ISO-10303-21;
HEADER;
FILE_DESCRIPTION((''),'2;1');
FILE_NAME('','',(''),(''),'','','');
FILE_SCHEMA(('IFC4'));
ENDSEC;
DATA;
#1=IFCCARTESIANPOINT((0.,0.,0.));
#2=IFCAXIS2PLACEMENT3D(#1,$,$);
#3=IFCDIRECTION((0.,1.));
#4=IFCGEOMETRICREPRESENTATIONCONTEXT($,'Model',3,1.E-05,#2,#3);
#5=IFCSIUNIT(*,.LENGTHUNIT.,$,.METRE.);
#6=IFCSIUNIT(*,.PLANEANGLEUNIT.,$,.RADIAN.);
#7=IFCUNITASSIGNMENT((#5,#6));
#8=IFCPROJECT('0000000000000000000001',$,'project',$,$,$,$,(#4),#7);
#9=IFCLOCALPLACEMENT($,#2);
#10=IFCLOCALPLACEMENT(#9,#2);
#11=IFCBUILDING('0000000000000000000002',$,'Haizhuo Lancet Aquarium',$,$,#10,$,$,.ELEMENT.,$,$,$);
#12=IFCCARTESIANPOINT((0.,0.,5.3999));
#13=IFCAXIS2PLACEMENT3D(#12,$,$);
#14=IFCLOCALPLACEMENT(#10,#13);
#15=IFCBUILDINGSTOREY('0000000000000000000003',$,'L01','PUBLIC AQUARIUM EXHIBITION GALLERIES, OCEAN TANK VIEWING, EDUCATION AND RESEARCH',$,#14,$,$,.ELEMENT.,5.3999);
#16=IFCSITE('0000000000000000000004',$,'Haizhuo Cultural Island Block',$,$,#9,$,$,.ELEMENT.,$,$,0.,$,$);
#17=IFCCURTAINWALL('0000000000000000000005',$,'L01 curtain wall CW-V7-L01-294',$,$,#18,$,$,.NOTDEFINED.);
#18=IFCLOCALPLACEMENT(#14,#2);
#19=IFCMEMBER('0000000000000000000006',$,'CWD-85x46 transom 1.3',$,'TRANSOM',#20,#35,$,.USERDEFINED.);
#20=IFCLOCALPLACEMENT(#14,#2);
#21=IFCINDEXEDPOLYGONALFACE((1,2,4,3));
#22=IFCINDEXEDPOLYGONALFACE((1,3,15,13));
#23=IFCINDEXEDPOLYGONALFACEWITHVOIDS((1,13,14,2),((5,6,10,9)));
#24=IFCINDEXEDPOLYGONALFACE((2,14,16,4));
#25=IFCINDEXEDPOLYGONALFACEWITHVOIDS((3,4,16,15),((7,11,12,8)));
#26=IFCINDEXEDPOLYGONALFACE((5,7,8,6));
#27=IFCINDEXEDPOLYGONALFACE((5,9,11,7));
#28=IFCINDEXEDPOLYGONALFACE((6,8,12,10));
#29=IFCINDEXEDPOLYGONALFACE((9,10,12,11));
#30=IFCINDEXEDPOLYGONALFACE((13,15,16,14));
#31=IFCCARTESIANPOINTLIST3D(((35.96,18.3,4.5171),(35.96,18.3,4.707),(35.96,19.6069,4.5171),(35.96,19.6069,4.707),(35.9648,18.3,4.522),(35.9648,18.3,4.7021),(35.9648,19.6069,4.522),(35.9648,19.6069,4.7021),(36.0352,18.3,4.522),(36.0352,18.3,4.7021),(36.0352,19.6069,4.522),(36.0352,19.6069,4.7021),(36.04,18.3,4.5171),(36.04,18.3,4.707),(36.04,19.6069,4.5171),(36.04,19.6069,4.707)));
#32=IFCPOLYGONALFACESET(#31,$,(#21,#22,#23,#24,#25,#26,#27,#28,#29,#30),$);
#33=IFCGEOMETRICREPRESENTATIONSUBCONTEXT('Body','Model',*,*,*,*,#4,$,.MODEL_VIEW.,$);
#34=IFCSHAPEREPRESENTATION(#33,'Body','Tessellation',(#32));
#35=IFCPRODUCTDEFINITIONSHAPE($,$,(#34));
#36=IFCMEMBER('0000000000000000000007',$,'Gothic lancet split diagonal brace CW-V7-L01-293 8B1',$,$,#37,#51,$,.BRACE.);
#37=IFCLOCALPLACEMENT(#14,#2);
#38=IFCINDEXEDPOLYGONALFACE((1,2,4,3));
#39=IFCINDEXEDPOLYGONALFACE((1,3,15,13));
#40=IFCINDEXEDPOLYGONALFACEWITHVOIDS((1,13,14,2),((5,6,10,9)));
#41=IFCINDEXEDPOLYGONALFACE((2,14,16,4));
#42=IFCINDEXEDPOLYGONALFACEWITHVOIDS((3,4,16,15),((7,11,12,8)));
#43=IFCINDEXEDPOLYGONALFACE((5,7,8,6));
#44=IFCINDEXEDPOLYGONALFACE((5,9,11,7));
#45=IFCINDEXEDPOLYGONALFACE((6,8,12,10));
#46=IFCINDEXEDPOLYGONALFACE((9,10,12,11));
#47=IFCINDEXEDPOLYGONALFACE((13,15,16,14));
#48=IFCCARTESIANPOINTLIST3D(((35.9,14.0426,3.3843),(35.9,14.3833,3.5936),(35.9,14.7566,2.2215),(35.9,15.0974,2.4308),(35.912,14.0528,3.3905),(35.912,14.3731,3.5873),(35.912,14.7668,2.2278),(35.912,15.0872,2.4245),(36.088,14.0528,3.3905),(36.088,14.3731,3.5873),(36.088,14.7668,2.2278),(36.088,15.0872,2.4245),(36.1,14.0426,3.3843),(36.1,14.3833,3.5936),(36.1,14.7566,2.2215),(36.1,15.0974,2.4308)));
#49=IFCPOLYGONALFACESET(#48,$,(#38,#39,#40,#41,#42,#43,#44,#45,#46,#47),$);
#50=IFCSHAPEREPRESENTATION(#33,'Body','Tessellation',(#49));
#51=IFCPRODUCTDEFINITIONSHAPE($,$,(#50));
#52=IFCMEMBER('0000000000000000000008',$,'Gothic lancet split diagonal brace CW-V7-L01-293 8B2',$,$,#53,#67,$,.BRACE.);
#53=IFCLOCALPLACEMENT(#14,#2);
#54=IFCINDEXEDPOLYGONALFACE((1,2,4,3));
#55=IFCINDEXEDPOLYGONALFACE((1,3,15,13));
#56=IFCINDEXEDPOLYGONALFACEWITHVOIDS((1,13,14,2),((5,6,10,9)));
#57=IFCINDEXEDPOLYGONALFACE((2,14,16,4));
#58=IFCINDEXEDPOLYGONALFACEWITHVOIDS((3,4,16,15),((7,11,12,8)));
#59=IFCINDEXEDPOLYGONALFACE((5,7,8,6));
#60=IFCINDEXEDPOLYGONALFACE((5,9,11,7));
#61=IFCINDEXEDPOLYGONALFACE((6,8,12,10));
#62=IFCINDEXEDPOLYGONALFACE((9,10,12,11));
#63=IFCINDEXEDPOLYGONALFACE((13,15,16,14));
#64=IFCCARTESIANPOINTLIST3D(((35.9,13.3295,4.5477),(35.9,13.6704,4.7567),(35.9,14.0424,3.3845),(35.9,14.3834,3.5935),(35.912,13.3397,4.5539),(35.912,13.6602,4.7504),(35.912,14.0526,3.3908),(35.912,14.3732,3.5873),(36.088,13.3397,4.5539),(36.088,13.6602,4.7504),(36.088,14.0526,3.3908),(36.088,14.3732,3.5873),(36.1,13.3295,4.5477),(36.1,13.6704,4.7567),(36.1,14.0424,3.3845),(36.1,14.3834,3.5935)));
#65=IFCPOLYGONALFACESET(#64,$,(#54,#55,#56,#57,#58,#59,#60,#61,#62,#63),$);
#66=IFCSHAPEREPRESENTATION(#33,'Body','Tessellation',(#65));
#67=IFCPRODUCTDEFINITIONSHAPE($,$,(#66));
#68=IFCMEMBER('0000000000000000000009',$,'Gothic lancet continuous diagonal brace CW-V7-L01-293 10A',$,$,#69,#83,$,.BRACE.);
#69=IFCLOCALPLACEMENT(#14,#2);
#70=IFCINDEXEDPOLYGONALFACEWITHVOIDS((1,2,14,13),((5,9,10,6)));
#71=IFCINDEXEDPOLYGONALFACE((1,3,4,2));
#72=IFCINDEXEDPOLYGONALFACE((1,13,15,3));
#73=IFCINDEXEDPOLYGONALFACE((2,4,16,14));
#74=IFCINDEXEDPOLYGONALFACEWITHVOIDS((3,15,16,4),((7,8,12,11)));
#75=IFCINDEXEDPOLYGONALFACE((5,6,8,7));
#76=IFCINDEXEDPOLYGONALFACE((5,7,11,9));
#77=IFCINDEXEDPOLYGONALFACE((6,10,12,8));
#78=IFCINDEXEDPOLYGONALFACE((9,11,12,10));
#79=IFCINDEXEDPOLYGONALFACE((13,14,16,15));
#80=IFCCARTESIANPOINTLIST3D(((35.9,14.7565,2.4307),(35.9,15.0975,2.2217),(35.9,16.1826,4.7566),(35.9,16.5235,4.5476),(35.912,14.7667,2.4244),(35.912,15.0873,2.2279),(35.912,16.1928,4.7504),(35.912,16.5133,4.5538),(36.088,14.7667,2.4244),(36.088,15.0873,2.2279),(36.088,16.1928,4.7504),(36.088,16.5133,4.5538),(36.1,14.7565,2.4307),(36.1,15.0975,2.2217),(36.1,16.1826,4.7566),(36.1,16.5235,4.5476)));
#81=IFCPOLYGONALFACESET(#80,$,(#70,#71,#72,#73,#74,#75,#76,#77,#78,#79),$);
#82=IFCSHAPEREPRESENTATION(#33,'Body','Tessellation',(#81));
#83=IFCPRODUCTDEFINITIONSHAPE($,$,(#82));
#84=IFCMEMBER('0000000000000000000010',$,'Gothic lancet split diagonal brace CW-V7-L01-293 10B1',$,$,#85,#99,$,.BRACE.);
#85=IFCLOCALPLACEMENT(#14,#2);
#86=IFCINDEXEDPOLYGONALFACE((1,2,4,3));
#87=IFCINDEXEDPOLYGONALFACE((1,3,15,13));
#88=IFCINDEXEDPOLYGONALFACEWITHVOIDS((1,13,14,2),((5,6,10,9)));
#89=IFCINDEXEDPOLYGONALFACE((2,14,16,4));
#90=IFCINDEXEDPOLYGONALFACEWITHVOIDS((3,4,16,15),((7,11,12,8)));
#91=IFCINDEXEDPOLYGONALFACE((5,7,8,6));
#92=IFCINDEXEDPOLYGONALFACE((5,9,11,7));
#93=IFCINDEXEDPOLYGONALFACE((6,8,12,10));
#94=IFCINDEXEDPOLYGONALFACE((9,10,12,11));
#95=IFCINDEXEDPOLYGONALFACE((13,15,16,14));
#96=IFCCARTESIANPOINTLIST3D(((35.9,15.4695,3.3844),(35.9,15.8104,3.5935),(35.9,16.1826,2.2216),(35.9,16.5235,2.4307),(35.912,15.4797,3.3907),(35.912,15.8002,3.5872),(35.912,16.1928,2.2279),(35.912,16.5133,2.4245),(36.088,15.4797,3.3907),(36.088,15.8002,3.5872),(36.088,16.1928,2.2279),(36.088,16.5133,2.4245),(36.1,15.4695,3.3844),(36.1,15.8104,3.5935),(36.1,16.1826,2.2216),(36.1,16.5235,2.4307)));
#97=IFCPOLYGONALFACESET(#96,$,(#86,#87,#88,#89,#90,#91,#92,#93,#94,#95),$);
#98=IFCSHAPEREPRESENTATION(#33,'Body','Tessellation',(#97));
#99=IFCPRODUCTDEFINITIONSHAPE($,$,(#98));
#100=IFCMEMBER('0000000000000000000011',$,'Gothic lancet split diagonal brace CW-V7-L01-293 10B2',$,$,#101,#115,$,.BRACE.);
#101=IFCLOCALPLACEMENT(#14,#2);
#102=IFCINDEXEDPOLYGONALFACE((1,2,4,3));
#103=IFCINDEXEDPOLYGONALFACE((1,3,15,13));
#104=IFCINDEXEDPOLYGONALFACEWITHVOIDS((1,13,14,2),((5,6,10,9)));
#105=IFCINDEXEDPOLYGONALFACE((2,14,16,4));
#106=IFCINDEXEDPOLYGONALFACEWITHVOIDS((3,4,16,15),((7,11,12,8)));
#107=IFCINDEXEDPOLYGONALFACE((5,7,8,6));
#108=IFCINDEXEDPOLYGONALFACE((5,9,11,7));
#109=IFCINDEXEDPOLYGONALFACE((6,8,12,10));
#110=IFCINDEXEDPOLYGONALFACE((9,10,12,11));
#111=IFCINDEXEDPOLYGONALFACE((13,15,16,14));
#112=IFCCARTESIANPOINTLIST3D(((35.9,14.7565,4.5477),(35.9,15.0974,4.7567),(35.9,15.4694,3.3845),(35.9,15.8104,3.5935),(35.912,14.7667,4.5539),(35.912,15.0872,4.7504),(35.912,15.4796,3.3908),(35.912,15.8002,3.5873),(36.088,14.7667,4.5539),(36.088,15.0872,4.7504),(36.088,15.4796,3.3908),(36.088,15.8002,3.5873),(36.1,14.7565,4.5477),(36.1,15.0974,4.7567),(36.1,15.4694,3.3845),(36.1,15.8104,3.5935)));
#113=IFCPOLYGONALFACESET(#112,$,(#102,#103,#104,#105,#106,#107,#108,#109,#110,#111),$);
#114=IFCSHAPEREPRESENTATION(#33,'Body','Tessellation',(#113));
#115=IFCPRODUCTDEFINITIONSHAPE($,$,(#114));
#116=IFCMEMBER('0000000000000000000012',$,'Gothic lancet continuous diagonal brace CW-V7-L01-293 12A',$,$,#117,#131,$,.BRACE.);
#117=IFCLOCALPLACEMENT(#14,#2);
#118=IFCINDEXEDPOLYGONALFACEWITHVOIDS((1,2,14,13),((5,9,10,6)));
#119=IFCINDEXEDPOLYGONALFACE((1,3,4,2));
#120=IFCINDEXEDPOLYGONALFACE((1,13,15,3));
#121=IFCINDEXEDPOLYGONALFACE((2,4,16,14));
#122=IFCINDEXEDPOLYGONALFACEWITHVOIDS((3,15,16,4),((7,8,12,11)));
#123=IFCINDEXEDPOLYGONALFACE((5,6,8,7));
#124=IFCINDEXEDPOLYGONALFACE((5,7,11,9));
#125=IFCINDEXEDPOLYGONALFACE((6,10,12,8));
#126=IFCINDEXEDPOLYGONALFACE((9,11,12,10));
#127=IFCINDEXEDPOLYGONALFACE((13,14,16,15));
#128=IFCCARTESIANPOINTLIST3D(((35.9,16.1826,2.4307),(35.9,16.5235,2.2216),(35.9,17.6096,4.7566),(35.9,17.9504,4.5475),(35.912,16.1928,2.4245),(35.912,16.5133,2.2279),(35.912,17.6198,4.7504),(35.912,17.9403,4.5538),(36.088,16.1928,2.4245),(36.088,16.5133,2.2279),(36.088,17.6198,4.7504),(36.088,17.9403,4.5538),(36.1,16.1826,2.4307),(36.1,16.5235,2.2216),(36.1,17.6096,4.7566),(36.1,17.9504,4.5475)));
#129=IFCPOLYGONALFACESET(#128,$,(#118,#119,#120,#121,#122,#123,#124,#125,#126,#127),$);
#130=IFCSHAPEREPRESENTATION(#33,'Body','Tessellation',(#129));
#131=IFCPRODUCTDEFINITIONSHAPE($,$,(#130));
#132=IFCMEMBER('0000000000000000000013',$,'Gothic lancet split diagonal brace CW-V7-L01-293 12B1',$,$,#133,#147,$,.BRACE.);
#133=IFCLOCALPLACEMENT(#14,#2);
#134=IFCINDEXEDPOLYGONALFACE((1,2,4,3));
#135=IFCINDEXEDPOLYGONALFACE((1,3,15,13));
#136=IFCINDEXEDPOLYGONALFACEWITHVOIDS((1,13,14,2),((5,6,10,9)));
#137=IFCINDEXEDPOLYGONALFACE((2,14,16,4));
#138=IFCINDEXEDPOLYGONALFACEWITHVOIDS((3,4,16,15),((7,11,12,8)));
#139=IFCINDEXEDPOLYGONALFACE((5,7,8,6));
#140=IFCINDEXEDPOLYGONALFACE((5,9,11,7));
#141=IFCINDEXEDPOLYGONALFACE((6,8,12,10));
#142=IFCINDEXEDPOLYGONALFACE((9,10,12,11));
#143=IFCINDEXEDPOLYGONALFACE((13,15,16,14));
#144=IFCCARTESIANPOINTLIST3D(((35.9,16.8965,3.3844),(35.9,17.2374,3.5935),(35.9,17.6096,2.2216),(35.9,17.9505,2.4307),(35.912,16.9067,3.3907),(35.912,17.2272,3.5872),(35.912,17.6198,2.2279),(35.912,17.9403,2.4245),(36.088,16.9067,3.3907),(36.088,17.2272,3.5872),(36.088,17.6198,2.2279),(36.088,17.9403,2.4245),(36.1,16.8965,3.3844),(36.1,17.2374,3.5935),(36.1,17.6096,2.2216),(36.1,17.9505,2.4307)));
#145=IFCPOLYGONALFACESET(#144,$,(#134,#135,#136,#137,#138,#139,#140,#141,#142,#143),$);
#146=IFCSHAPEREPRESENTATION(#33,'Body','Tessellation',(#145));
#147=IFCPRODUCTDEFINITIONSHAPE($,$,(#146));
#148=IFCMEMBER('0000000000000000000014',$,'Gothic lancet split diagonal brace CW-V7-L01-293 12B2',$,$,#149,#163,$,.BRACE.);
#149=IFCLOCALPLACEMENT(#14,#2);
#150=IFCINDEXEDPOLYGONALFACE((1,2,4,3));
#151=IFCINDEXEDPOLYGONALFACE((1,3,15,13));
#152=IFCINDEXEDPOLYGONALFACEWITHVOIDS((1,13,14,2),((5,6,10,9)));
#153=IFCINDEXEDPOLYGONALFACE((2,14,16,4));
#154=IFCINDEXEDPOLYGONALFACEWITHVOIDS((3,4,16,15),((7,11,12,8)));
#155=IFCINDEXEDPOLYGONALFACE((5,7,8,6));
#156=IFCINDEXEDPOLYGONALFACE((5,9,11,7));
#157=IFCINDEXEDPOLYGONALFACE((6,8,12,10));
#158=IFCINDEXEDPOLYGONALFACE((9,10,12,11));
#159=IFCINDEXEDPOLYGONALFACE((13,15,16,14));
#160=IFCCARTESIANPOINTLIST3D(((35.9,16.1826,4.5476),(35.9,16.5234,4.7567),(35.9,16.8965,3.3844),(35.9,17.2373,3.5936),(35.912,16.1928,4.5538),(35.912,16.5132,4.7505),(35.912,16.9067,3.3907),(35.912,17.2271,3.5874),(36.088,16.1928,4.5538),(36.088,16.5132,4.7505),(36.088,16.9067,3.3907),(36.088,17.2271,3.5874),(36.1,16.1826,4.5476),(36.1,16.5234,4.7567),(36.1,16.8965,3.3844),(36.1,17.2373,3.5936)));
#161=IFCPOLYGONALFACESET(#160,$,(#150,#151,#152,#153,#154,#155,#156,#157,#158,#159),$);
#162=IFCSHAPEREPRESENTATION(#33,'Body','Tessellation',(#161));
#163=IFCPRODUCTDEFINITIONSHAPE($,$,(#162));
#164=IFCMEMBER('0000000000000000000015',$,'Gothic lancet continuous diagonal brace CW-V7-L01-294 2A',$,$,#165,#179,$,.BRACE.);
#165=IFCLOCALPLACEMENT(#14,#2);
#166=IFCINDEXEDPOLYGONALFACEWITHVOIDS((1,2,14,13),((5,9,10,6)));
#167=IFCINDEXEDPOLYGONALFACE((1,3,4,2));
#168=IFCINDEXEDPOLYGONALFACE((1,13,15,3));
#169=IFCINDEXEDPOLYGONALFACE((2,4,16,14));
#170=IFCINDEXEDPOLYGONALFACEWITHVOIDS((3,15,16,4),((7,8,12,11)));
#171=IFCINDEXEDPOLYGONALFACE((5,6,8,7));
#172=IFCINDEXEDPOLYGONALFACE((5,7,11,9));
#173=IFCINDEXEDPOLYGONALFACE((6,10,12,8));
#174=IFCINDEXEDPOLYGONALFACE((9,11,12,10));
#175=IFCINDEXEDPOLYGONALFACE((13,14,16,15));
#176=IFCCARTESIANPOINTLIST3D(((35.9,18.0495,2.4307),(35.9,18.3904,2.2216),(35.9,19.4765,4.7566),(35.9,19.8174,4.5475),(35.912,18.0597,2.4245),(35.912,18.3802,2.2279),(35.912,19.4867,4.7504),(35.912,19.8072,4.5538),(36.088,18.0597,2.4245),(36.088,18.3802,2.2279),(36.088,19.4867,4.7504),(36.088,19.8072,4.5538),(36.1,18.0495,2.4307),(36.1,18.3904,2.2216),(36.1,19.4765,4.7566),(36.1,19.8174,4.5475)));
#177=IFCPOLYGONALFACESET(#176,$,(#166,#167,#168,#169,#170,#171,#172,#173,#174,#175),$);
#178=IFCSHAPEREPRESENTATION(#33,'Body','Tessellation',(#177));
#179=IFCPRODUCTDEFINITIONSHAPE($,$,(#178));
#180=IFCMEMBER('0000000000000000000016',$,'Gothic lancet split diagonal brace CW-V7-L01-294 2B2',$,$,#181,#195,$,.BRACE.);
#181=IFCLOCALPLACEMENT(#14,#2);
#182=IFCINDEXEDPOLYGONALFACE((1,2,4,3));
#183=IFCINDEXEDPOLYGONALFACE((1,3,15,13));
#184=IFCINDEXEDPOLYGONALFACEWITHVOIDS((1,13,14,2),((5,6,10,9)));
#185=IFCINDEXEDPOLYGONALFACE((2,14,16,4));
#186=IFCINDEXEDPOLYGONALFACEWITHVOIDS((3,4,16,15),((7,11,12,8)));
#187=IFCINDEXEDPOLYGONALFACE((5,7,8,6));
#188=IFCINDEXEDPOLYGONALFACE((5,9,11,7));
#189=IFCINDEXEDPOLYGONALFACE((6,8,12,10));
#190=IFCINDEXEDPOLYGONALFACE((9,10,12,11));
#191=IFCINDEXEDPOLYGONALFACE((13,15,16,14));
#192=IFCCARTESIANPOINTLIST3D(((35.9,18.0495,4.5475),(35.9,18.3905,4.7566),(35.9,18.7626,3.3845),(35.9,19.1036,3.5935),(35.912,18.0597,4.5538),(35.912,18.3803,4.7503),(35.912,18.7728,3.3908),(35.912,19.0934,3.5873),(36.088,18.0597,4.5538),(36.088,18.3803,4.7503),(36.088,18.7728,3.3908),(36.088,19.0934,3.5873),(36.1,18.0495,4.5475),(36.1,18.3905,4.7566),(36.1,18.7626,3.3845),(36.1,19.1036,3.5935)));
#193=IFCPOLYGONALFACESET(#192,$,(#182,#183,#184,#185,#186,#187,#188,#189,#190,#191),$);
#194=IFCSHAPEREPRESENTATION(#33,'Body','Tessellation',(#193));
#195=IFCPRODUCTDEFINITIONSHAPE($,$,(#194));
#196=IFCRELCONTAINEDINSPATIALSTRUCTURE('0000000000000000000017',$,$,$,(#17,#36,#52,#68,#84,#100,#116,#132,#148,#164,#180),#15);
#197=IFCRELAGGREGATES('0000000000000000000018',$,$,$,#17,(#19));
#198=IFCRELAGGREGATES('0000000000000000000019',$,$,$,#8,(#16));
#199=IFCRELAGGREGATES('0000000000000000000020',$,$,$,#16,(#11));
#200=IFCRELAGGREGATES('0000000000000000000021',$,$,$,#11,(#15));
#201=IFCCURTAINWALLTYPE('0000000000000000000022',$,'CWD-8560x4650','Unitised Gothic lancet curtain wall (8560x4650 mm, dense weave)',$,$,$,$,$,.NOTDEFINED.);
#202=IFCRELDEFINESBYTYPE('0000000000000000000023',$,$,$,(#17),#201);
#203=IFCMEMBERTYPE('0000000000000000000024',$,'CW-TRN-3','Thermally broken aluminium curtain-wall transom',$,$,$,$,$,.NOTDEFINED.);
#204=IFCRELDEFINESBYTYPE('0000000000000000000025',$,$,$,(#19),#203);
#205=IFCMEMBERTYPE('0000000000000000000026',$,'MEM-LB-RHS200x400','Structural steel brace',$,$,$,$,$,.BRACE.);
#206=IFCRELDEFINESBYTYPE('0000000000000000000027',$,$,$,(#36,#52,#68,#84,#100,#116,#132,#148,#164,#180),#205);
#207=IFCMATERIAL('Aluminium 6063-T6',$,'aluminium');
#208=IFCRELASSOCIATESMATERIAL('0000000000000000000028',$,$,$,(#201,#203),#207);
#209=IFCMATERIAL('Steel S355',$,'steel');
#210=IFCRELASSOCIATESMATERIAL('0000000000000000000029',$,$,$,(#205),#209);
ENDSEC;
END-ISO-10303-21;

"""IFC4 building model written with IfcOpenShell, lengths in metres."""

from ifc_helpers import new_model, si_unit, direction, frame, origin, origin_2d, place, context, subcontext, project, spatial, hollow_rectangle, extrude, material, material_profile, profile_set, type_object, element, aggregate, save


model = new_model("IFC4")

# Units and contexts
model_context = context("Model", 3, precision=1e-05, world=origin(), true_north=direction((0.0, 1.0)))
body_context = subcontext(model_context, "Body", "Model", "MODEL_VIEW")
ifc_project = project(units=[si_unit("LENGTHUNIT", "METRE"), si_unit("PLANEANGLEUNIT", "RADIAN")], contexts=[model_context])

# Site, building, storey
site_placement = place(None, origin())
site = spatial("IfcSite", under=ifc_project, at=site_placement, Name="Haizhuo Cultural Island Block", CompositionType="ELEMENT", RefElevation=0.0)
building_placement = place(site_placement, origin())
building = spatial("IfcBuilding", under=site, at=building_placement, Name="Haizhuo Lancet Aquarium", CompositionType="ELEMENT")
storey_placement = place(building_placement, frame((0.0, 0.0, 5.3999)))
storey = spatial("IfcBuildingStorey", under=building, at=storey_placement, Name="L01", Description="PUBLIC AQUARIUM EXHIBITION GALLERIES, OCEAN TANK VIEWING, EDUCATION AND RESEARCH", CompositionType="ELEMENT", Elevation=5.3999)

# Shared definitions
ifc_material_1 = material(Name="Steel S355", Category="steel")

# Curtain wall, member
ifc_material_2 = material(Name="Aluminium 6063-T6", Category="aluminium")
curtain_wall_type = type_object("IfcCurtainWallType", Name="CWD-8560x4650", Description="Unitised Gothic lancet curtain wall (8560x4650 mm, dense weave)", PredefinedType="NOTDEFINED", material=ifc_material_2)
curtain_wall_1_placement = place(storey_placement, origin())
curtain_wall_1 = element("IfcCurtainWall", 1, at=curtain_wall_1_placement, inside=storey, type_object=curtain_wall_type, Name="L01 curtain wall CW-V7-L01-294", PredefinedType="NOTDEFINED")
ifc_material_profile_1 = material_profile(ifc_material_2, hollow_rectangle(XDim=0.0801, YDim=0.1899, WallThickness=0.0049, at=origin_2d()), Name="ALU-T 80x190x5")
ifc_profile_set_1 = profile_set([ifc_material_profile_1], Name="Aluminium 6063-T6")
member_type_1 = type_object("IfcMemberType", Name="CW-TRN-3", Description="Thermally broken aluminium curtain-wall transom", PredefinedType="NOTDEFINED", material=ifc_profile_set_1)
member_1_placement = place(storey_placement, frame((36.0, 18.3, 4.6121), z_axis=(0.0, 1.0, 0.0), x_axis=(-1.0, 0.0, 0.0)))
member_1 = element("IfcMember", 2, at=member_1_placement, type_object=member_type_1, Name="CWD-85x46 transom 1.3", ObjectType="TRANSOM", PredefinedType="USERDEFINED", context=body_context, shape_type="SweptSolid", body=[
    extrude(hollow_rectangle(XDim=0.0801, YDim=0.1899, WallThickness=0.0049, at=origin_2d()), origin(), (0.0, 0.0, 1.0), 1.3069),
])
aggregate(curtain_wall_1, [member_1])

# Members
ifc_material_profile_2 = material_profile(ifc_material_1, hollow_rectangle(XDim=0.2, YDim=0.3999, WallThickness=0.012, at=origin_2d()), Name="RHS 200x400x12")
ifc_profile_set_2 = profile_set([ifc_material_profile_2], Name="Steel S355")
member_type_2 = type_object("IfcMemberType", Name="MEM-LB-RHS200x400", Description="Structural steel brace", PredefinedType="BRACE", material=ifc_profile_set_2)
member_2_placement = place(storey_placement, frame((36.0, 14.927, 2.3262), z_axis=(0.0, -0.523309, 0.852143), x_axis=(1.0, 0.0, 0.0)))
element("IfcMember", 3, at=member_2_placement, inside=storey, type_object=member_type_2, Name="Gothic lancet split diagonal brace CW-V7-L01-293 8B1", PredefinedType="BRACE", context=body_context, shape_type="SweptSolid", body=[
    extrude(hollow_rectangle(XDim=0.2, YDim=0.3999, WallThickness=0.012, at=origin_2d()), origin(), (0.0, 0.0, 1.0), 1.3645),
])
member_3_placement = place(storey_placement, frame((36.0, 14.2129, 3.489), z_axis=(0.0, -0.522579, 0.852591), x_axis=(1.0, 0.0, 0.0)))
element("IfcMember", 4, at=member_3_placement, inside=storey, type_object=member_type_2, Name="Gothic lancet split diagonal brace CW-V7-L01-293 8B2", PredefinedType="BRACE", context=body_context, shape_type="SweptSolid", body=[
    extrude(hollow_rectangle(XDim=0.2, YDim=0.3999, WallThickness=0.012, at=origin_2d()), origin(), (0.0, 0.0, 1.0), 1.3643),
])
member_4_placement = place(storey_placement, frame((36.0, 14.927, 2.3262), z_axis=(0.0, 0.522684, 0.852527), x_axis=(-1.0, 0.0, 0.0)))
element("IfcMember", 5, at=member_4_placement, inside=storey, type_object=member_type_2, Name="Gothic lancet continuous diagonal brace CW-V7-L01-293 10A", PredefinedType="BRACE", context=body_context, shape_type="SweptSolid", body=[
    extrude(hollow_rectangle(XDim=0.2, YDim=0.3999, WallThickness=0.012, at=origin_2d()), origin(), (0.0, 0.0, 1.0), 2.7283),
])
member_5_placement = place(storey_placement, frame((36.0, 16.353, 2.3262), z_axis=(0.0, -0.522789, 0.852462), x_axis=(1.0, 0.0, 0.0)))
element("IfcMember", 6, at=member_5_placement, inside=storey, type_object=member_type_2, Name="Gothic lancet split diagonal brace CW-V7-L01-293 10B1", PredefinedType="BRACE", context=body_context, shape_type="SweptSolid", body=[
    extrude(hollow_rectangle(XDim=0.2, YDim=0.3999, WallThickness=0.012, at=origin_2d()), origin(), (0.0, 0.0, 1.0), 1.364),
])
member_6_placement = place(storey_placement, frame((36.0, 15.6399, 3.489), z_axis=(0.0, -0.522579, 0.852591), x_axis=(1.0, 0.0, 0.0)))
element("IfcMember", 7, at=member_6_placement, inside=storey, type_object=member_type_2, Name="Gothic lancet split diagonal brace CW-V7-L01-293 10B2", PredefinedType="BRACE", context=body_context, shape_type="SweptSolid", body=[
    extrude(hollow_rectangle(XDim=0.2, YDim=0.3999, WallThickness=0.012, at=origin_2d()), origin(), (0.0, 0.0, 1.0), 1.3643),
])
member_7_placement = place(storey_placement, frame((36.0, 16.353, 2.3262), z_axis=(0.0, 0.522944, 0.852367), x_axis=(-1.0, 0.0, 0.0)))
element("IfcMember", 8, at=member_7_placement, inside=storey, type_object=member_type_2, Name="Gothic lancet continuous diagonal brace CW-V7-L01-293 12A", PredefinedType="BRACE", context=body_context, shape_type="SweptSolid", body=[
    extrude(hollow_rectangle(XDim=0.2, YDim=0.3999, WallThickness=0.012, at=origin_2d()), origin(), (0.0, 0.0, 1.0), 2.7288),
])
member_8_placement = place(storey_placement, frame((36.0, 17.78, 2.3262), z_axis=(0.0, -0.522789, 0.852462), x_axis=(1.0, 0.0, 0.0)))
element("IfcMember", 9, at=member_8_placement, inside=storey, type_object=member_type_2, Name="Gothic lancet split diagonal brace CW-V7-L01-293 12B1", PredefinedType="BRACE", context=body_context, shape_type="SweptSolid", body=[
    extrude(hollow_rectangle(XDim=0.2, YDim=0.3999, WallThickness=0.012, at=origin_2d()), origin(), (0.0, 0.0, 1.0), 1.364),
])
member_9_placement = place(storey_placement, frame((36.0, 17.0669, 3.489), z_axis=(0.0, -0.523099, 0.852272), x_axis=(1.0, 0.0, 0.0)))
element("IfcMember", 10, at=member_9_placement, inside=storey, type_object=member_type_2, Name="Gothic lancet split diagonal brace CW-V7-L01-293 12B2", PredefinedType="BRACE", context=body_context, shape_type="SweptSolid", body=[
    extrude(hollow_rectangle(XDim=0.2, YDim=0.3999, WallThickness=0.012, at=origin_2d()), origin(), (0.0, 0.0, 1.0), 1.3647),
])
member_10_placement = place(storey_placement, frame((36.0, 18.22, 2.3262), z_axis=(0.0, 0.522944, 0.852367), x_axis=(-1.0, 0.0, 0.0)))
element("IfcMember", 11, at=member_10_placement, inside=storey, type_object=member_type_2, Name="Gothic lancet continuous diagonal brace CW-V7-L01-294 2A", PredefinedType="BRACE", context=body_context, shape_type="SweptSolid", body=[
    extrude(hollow_rectangle(XDim=0.2, YDim=0.3999, WallThickness=0.012, at=origin_2d()), origin(), (0.0, 0.0, 1.0), 2.7288),
])
member_11_placement = place(storey_placement, frame((36.0, 18.9331, 3.489), z_axis=(0.0, -0.522709, 0.852511), x_axis=(1.0, 0.0, 0.0)))
element("IfcMember", 12, at=member_11_placement, inside=storey, type_object=member_type_2, Name="Gothic lancet split diagonal brace CW-V7-L01-294 2B2", PredefinedType="BRACE", context=body_context, shape_type="SweptSolid", body=[
    extrude(hollow_rectangle(XDim=0.2, YDim=0.3999, WallThickness=0.012, at=origin_2d()), origin(), (0.0, 0.0, 1.0), 1.3643),
])

save(model, "model.ifc")
